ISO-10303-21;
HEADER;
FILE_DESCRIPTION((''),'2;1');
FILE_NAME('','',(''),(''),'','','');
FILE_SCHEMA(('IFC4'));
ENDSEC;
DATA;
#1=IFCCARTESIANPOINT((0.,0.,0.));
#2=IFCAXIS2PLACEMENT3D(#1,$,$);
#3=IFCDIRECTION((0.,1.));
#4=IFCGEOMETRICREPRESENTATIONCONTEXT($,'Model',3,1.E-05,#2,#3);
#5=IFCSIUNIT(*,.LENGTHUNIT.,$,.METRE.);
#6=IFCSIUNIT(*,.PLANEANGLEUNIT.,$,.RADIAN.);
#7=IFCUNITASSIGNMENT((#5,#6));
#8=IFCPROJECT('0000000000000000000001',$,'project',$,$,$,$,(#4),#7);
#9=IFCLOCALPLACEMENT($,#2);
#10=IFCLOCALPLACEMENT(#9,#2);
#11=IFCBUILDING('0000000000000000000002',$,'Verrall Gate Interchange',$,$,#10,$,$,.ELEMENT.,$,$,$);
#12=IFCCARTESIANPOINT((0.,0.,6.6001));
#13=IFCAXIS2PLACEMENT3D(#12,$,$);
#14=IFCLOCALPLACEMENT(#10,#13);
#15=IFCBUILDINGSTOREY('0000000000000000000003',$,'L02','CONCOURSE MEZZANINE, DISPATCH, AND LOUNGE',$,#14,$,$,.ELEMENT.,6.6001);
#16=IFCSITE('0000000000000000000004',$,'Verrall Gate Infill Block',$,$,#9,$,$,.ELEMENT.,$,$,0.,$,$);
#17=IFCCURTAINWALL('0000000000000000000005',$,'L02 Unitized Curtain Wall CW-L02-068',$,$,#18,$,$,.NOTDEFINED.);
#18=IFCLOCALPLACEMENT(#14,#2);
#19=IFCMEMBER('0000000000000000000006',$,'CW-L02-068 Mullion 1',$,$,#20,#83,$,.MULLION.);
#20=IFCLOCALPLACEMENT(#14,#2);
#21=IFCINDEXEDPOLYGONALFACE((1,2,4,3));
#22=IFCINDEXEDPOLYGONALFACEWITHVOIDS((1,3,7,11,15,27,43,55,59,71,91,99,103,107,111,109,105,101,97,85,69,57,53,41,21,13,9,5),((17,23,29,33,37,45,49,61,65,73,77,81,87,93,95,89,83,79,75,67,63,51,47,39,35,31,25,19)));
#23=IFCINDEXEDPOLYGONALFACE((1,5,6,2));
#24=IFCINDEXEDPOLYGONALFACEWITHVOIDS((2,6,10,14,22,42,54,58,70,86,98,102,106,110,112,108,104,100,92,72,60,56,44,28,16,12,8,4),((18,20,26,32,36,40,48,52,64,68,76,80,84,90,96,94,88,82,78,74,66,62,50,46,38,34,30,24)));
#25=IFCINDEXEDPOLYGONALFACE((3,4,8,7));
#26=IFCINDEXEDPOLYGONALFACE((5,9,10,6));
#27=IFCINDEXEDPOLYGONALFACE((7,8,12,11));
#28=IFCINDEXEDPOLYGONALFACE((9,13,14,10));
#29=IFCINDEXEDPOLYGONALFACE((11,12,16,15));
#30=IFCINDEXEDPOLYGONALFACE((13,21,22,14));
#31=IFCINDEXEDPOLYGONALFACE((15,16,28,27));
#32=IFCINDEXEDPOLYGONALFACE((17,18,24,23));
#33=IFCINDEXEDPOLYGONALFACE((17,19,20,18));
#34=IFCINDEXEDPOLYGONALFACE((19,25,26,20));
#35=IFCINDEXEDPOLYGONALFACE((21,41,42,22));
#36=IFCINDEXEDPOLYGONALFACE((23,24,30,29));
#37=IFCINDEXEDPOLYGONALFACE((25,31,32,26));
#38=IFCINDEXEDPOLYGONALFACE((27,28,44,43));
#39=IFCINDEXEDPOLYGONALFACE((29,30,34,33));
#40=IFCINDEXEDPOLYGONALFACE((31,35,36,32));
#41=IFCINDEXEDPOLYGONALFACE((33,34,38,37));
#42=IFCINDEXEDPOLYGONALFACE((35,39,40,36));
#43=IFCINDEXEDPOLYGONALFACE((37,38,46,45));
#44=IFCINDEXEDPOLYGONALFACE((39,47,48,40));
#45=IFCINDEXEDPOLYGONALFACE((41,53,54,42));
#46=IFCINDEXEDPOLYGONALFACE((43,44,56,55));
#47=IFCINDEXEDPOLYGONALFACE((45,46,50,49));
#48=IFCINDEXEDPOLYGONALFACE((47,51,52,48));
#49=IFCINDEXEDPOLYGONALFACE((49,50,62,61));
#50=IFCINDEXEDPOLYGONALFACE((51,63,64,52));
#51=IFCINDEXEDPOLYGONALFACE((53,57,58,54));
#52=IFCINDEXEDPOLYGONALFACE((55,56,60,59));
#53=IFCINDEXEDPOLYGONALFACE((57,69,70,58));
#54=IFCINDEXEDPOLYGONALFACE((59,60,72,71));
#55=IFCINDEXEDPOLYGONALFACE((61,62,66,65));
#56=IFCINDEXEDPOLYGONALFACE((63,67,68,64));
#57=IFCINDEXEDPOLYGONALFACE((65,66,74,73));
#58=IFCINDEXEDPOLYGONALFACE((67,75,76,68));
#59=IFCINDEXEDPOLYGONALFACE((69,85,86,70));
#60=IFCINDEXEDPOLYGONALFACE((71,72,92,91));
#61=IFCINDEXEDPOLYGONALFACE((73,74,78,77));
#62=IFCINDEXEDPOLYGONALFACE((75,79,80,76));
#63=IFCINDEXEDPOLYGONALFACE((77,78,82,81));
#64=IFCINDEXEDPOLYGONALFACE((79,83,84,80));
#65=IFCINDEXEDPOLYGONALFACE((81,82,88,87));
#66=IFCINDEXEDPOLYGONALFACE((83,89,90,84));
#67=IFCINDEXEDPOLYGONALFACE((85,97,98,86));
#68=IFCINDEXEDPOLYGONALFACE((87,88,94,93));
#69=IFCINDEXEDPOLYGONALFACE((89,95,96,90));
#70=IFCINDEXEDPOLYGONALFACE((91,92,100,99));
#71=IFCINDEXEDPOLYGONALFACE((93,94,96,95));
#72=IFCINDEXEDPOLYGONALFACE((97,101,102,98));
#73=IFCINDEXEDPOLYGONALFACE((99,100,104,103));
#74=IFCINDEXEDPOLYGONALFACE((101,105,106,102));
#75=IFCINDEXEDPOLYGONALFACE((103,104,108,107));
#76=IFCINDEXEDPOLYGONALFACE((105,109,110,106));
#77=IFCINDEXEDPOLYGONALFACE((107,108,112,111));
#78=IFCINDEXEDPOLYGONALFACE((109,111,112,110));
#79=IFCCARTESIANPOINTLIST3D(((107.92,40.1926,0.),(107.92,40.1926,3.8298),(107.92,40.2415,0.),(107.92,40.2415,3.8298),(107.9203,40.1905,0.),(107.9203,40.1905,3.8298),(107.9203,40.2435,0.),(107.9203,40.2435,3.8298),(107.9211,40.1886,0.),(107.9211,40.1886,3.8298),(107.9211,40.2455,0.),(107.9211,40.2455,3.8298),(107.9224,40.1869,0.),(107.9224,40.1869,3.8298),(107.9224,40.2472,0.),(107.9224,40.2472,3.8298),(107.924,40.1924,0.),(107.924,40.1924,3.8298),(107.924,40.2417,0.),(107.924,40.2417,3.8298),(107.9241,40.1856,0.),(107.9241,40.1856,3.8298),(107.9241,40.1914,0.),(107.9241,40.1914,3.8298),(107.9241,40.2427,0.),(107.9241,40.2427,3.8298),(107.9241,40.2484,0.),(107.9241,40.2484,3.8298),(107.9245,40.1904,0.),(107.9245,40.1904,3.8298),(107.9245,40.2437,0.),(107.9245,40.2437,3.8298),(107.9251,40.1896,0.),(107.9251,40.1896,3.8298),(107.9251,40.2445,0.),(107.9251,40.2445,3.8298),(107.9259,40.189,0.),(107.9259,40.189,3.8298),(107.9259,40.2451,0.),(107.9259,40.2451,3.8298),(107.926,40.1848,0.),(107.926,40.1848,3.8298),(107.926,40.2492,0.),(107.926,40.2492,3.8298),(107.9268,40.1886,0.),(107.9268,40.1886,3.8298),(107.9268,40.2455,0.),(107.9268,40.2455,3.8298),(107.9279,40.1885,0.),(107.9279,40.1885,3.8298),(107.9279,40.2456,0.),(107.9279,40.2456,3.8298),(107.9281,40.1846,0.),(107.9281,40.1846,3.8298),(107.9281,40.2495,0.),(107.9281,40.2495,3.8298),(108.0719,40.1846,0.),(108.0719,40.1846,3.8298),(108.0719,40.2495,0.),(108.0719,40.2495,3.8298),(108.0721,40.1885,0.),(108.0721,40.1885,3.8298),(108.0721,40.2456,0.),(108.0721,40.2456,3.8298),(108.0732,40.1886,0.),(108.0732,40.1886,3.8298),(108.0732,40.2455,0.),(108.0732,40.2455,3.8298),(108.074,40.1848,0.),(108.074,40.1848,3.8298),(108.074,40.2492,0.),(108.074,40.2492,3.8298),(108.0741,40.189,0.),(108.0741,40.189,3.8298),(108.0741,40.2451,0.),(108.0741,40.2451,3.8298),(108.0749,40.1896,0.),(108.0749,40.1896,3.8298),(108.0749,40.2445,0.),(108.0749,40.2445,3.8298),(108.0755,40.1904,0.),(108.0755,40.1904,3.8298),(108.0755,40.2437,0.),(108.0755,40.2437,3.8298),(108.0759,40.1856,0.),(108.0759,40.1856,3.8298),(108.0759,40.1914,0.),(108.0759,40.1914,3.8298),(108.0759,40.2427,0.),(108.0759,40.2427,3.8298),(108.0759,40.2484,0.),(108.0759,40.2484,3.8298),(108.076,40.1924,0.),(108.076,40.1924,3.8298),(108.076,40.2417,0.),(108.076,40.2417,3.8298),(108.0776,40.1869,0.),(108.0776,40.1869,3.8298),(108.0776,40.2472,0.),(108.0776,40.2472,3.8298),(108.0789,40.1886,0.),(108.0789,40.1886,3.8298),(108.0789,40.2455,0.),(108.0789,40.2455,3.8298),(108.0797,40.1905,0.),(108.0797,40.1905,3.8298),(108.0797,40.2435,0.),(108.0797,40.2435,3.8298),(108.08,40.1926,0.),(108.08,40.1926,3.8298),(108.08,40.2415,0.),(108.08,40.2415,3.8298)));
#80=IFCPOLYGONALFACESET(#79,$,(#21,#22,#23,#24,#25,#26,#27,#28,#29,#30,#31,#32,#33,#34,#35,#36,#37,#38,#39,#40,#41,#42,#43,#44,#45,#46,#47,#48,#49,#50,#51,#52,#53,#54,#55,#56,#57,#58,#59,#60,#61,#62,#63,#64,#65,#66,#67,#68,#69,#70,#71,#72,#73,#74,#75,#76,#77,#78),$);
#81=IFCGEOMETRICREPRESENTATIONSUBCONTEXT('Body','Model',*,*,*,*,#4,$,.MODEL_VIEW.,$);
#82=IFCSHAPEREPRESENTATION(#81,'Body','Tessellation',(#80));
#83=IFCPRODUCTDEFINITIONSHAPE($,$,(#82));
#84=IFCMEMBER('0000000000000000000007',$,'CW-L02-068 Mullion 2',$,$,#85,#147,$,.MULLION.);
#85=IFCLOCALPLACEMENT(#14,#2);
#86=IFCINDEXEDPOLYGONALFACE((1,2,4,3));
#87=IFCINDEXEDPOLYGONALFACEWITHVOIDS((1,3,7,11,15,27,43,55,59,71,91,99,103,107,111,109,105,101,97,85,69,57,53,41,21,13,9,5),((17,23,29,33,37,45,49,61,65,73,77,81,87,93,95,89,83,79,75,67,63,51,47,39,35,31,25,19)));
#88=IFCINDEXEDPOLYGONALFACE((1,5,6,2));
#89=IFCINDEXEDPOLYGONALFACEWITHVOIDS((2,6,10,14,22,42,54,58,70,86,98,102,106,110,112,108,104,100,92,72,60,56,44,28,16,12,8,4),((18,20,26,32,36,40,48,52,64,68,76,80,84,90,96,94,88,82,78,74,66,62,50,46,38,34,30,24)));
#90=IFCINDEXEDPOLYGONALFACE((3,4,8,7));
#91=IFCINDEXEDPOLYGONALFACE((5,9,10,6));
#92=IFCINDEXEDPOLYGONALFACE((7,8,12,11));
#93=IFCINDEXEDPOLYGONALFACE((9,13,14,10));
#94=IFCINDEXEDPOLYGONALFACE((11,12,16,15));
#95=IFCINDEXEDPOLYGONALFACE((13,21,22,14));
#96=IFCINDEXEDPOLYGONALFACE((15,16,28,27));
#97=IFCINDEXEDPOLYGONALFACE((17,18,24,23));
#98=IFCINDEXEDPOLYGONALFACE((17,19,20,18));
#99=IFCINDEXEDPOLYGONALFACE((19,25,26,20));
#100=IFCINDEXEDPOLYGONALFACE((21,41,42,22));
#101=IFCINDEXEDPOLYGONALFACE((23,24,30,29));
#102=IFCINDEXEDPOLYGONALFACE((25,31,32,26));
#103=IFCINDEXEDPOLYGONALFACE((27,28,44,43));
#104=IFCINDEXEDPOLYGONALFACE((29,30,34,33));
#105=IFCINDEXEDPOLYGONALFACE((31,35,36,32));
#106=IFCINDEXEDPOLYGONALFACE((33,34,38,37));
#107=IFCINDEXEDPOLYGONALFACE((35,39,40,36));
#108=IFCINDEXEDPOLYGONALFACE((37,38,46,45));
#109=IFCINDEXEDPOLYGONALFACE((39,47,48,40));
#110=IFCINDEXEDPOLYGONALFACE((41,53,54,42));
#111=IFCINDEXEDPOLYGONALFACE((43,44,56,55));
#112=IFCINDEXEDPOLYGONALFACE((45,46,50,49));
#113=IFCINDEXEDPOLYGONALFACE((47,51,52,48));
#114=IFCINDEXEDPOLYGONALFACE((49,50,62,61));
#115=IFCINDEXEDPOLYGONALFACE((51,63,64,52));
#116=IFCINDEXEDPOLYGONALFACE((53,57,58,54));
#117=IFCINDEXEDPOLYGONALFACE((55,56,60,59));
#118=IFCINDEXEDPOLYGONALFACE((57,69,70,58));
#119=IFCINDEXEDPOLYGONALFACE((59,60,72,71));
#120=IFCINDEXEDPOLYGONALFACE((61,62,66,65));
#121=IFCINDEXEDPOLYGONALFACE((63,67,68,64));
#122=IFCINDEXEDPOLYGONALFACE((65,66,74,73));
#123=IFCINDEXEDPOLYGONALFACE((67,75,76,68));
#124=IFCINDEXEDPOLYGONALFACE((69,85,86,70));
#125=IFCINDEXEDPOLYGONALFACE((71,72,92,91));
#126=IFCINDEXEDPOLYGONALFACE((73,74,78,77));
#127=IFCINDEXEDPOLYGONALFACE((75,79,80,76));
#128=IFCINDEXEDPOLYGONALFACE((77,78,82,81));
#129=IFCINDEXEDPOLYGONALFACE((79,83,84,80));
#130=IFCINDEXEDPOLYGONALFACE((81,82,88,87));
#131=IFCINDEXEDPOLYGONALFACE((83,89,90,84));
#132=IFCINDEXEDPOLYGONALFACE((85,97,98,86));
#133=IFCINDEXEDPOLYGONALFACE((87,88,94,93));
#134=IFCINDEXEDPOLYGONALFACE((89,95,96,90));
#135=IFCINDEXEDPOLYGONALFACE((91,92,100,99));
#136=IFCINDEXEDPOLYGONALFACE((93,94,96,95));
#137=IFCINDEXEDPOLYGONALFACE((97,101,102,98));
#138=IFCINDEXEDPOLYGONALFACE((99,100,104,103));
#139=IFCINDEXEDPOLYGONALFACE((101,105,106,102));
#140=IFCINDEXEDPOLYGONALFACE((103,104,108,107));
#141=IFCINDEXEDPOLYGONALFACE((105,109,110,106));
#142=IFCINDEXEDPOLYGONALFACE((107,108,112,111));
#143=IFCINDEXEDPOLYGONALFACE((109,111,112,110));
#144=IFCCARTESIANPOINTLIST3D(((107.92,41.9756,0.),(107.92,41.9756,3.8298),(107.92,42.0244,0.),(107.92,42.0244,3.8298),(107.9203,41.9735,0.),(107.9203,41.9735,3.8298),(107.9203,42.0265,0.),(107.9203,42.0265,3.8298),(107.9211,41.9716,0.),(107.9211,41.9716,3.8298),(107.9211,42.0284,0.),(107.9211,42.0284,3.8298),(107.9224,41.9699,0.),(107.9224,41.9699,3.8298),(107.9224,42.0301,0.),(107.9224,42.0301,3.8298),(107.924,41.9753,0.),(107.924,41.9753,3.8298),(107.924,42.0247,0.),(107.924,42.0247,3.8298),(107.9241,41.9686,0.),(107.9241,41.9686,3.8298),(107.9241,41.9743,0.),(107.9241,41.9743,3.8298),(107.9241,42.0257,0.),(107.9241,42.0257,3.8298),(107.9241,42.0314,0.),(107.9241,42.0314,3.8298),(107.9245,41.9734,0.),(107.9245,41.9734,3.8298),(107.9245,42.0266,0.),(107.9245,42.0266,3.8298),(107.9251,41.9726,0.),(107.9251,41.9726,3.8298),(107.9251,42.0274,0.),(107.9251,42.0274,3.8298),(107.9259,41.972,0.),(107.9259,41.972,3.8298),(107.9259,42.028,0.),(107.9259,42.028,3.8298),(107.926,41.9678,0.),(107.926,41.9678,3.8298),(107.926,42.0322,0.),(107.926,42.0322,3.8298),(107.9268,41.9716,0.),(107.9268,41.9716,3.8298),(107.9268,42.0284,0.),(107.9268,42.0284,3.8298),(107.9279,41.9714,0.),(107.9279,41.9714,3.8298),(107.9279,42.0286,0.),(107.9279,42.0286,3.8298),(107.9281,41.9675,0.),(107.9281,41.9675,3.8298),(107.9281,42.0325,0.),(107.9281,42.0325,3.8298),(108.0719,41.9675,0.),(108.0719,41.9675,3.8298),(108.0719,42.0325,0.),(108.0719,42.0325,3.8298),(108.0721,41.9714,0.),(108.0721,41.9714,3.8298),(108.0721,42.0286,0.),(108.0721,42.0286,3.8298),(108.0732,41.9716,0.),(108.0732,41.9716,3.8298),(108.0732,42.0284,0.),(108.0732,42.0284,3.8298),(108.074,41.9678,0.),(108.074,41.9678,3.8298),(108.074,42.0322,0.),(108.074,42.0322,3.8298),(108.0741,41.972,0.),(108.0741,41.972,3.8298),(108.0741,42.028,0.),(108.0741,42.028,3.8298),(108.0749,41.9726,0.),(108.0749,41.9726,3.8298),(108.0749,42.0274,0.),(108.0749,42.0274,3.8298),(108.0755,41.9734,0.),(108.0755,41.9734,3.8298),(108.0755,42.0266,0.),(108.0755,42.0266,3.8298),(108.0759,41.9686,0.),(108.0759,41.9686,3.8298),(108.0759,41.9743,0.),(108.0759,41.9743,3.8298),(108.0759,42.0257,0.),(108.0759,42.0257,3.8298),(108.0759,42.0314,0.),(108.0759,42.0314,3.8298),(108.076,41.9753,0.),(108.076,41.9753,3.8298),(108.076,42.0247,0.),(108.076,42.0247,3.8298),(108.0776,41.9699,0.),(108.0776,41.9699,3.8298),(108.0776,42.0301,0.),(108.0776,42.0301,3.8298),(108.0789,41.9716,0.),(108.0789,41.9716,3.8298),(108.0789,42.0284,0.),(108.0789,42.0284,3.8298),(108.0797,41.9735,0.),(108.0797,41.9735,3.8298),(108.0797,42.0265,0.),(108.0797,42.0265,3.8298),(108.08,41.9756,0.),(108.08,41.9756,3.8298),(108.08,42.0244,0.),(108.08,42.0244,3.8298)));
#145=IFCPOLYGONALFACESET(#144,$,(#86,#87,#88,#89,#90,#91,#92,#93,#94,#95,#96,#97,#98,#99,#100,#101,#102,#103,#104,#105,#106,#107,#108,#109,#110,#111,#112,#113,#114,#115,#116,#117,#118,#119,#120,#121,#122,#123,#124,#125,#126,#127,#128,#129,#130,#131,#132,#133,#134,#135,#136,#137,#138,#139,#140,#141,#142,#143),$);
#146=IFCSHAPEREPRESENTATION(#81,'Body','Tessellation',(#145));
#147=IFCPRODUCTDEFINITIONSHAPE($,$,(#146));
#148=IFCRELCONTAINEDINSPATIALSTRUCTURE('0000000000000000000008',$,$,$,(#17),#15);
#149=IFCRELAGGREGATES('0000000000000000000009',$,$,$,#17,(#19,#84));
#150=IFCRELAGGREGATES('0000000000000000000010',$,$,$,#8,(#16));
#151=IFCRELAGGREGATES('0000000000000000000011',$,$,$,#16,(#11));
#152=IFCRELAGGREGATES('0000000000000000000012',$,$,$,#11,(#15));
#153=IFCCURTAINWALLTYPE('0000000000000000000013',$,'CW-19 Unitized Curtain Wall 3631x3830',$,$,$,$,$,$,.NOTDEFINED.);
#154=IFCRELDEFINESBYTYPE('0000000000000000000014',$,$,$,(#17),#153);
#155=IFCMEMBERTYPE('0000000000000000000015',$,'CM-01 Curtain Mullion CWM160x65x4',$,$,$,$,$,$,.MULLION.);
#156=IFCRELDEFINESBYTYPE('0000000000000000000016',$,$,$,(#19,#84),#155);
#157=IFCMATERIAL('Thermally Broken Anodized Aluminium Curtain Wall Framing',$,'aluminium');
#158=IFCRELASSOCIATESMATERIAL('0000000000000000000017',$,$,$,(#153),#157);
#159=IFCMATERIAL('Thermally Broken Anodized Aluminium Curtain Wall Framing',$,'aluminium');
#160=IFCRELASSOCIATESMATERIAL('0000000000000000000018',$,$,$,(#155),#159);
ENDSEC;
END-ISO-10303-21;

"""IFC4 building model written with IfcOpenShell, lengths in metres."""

from ifc_helpers import new_model, si_unit, direction, frame, origin, origin_2d, place, context, subcontext, project, spatial, hollow_rectangle, extrude, material, material_profile, profile_set, type_object, element, aggregate, save


model = new_model("IFC4")

# Units and contexts
model_context = context("Model", 3, precision=1e-05, world=origin(), true_north=direction((0.0, 1.0)))
body_context = subcontext(model_context, "Body", "Model", "MODEL_VIEW")
ifc_project = project(units=[si_unit("LENGTHUNIT", "METRE"), si_unit("PLANEANGLEUNIT", "RADIAN")], contexts=[model_context])

# Site, building, storey
site_placement = place(None, origin())
site = spatial("IfcSite", under=ifc_project, at=site_placement, Name="Verrall Gate Infill Block", CompositionType="ELEMENT", RefElevation=0.0)
building_placement = place(site_placement, origin())
building = spatial("IfcBuilding", under=site, at=building_placement, Name="Verrall Gate Interchange", CompositionType="ELEMENT")
storey_placement = place(building_placement, frame((0.0, 0.0, 6.6001)))
storey = spatial("IfcBuildingStorey", under=building, at=storey_placement, Name="L02", Description="CONCOURSE MEZZANINE, DISPATCH, AND LOUNGE", CompositionType="ELEMENT", Elevation=6.6001)

# Curtain wall, members
ifc_material_1 = material(Name="Thermally Broken Anodized Aluminium Curtain Wall Framing", Category="aluminium")
curtain_wall_type_1 = type_object("IfcCurtainWallType", Name="CW-19 Unitized Curtain Wall 3631x3830", PredefinedType="NOTDEFINED", material=ifc_material_1)
curtain_wall_1_placement = place(storey_placement, origin())
curtain_wall_1 = element("IfcCurtainWall", 1, at=curtain_wall_1_placement, inside=storey, type_object=curtain_wall_type_1, Name="L02 Unitized Curtain Wall CW-L02-068", PredefinedType="NOTDEFINED")
ifc_material_2 = material(Name="Thermally Broken Anodized Aluminium Curtain Wall Framing", Category="aluminium")
ifc_material_profile_1 = material_profile(ifc_material_2, hollow_rectangle(XDim=0.0649, YDim=0.1599, WallThickness=0.0039, InnerFilletRadius=0.0039, OuterFilletRadius=0.0081, at=origin_2d()), Name="CWM160x65x4")
ifc_profile_set_1 = profile_set([ifc_material_profile_1], Name="Thermally Broken Anodized Aluminium Curtain Wall Framing")
member_type_1 = type_object("IfcMemberType", Name="CM-01 Curtain Mullion CWM160x65x4", PredefinedType="MULLION", material=ifc_profile_set_1)
member_1_placement = place(storey_placement, frame((108.0, 40.217, 0.0), z_axis=(0.0, 0.0, 1.0), x_axis=(0.0, 1.0, 0.0)))
member_1 = element("IfcMember", 2, at=member_1_placement, type_object=member_type_1, Name="CW-L02-068 Mullion 1", PredefinedType="MULLION", context=body_context, shape_type="SweptSolid", body=[
    extrude(hollow_rectangle(XDim=0.0649, YDim=0.1599, WallThickness=0.0039, InnerFilletRadius=0.0039, OuterFilletRadius=0.0081, at=origin_2d()), origin(), (0.0, 0.0, 1.0), 3.8298),
])
member_2_placement = place(storey_placement, frame((108.0, 42.0, 0.0), z_axis=(0.0, 0.0, 1.0), x_axis=(0.0, 1.0, 0.0)))
member_2 = element("IfcMember", 3, at=member_2_placement, type_object=member_type_1, Name="CW-L02-068 Mullion 2", PredefinedType="MULLION", context=body_context, shape_type="SweptSolid", body=[
    extrude(hollow_rectangle(XDim=0.0649, YDim=0.1599, WallThickness=0.0039, InnerFilletRadius=0.0039, OuterFilletRadius=0.0081, at=origin_2d()), origin(), (0.0, 0.0, 1.0), 3.8298),
])

aggregate(curtain_wall_1, [member_1, member_2])

save(model, "model.ifc")
